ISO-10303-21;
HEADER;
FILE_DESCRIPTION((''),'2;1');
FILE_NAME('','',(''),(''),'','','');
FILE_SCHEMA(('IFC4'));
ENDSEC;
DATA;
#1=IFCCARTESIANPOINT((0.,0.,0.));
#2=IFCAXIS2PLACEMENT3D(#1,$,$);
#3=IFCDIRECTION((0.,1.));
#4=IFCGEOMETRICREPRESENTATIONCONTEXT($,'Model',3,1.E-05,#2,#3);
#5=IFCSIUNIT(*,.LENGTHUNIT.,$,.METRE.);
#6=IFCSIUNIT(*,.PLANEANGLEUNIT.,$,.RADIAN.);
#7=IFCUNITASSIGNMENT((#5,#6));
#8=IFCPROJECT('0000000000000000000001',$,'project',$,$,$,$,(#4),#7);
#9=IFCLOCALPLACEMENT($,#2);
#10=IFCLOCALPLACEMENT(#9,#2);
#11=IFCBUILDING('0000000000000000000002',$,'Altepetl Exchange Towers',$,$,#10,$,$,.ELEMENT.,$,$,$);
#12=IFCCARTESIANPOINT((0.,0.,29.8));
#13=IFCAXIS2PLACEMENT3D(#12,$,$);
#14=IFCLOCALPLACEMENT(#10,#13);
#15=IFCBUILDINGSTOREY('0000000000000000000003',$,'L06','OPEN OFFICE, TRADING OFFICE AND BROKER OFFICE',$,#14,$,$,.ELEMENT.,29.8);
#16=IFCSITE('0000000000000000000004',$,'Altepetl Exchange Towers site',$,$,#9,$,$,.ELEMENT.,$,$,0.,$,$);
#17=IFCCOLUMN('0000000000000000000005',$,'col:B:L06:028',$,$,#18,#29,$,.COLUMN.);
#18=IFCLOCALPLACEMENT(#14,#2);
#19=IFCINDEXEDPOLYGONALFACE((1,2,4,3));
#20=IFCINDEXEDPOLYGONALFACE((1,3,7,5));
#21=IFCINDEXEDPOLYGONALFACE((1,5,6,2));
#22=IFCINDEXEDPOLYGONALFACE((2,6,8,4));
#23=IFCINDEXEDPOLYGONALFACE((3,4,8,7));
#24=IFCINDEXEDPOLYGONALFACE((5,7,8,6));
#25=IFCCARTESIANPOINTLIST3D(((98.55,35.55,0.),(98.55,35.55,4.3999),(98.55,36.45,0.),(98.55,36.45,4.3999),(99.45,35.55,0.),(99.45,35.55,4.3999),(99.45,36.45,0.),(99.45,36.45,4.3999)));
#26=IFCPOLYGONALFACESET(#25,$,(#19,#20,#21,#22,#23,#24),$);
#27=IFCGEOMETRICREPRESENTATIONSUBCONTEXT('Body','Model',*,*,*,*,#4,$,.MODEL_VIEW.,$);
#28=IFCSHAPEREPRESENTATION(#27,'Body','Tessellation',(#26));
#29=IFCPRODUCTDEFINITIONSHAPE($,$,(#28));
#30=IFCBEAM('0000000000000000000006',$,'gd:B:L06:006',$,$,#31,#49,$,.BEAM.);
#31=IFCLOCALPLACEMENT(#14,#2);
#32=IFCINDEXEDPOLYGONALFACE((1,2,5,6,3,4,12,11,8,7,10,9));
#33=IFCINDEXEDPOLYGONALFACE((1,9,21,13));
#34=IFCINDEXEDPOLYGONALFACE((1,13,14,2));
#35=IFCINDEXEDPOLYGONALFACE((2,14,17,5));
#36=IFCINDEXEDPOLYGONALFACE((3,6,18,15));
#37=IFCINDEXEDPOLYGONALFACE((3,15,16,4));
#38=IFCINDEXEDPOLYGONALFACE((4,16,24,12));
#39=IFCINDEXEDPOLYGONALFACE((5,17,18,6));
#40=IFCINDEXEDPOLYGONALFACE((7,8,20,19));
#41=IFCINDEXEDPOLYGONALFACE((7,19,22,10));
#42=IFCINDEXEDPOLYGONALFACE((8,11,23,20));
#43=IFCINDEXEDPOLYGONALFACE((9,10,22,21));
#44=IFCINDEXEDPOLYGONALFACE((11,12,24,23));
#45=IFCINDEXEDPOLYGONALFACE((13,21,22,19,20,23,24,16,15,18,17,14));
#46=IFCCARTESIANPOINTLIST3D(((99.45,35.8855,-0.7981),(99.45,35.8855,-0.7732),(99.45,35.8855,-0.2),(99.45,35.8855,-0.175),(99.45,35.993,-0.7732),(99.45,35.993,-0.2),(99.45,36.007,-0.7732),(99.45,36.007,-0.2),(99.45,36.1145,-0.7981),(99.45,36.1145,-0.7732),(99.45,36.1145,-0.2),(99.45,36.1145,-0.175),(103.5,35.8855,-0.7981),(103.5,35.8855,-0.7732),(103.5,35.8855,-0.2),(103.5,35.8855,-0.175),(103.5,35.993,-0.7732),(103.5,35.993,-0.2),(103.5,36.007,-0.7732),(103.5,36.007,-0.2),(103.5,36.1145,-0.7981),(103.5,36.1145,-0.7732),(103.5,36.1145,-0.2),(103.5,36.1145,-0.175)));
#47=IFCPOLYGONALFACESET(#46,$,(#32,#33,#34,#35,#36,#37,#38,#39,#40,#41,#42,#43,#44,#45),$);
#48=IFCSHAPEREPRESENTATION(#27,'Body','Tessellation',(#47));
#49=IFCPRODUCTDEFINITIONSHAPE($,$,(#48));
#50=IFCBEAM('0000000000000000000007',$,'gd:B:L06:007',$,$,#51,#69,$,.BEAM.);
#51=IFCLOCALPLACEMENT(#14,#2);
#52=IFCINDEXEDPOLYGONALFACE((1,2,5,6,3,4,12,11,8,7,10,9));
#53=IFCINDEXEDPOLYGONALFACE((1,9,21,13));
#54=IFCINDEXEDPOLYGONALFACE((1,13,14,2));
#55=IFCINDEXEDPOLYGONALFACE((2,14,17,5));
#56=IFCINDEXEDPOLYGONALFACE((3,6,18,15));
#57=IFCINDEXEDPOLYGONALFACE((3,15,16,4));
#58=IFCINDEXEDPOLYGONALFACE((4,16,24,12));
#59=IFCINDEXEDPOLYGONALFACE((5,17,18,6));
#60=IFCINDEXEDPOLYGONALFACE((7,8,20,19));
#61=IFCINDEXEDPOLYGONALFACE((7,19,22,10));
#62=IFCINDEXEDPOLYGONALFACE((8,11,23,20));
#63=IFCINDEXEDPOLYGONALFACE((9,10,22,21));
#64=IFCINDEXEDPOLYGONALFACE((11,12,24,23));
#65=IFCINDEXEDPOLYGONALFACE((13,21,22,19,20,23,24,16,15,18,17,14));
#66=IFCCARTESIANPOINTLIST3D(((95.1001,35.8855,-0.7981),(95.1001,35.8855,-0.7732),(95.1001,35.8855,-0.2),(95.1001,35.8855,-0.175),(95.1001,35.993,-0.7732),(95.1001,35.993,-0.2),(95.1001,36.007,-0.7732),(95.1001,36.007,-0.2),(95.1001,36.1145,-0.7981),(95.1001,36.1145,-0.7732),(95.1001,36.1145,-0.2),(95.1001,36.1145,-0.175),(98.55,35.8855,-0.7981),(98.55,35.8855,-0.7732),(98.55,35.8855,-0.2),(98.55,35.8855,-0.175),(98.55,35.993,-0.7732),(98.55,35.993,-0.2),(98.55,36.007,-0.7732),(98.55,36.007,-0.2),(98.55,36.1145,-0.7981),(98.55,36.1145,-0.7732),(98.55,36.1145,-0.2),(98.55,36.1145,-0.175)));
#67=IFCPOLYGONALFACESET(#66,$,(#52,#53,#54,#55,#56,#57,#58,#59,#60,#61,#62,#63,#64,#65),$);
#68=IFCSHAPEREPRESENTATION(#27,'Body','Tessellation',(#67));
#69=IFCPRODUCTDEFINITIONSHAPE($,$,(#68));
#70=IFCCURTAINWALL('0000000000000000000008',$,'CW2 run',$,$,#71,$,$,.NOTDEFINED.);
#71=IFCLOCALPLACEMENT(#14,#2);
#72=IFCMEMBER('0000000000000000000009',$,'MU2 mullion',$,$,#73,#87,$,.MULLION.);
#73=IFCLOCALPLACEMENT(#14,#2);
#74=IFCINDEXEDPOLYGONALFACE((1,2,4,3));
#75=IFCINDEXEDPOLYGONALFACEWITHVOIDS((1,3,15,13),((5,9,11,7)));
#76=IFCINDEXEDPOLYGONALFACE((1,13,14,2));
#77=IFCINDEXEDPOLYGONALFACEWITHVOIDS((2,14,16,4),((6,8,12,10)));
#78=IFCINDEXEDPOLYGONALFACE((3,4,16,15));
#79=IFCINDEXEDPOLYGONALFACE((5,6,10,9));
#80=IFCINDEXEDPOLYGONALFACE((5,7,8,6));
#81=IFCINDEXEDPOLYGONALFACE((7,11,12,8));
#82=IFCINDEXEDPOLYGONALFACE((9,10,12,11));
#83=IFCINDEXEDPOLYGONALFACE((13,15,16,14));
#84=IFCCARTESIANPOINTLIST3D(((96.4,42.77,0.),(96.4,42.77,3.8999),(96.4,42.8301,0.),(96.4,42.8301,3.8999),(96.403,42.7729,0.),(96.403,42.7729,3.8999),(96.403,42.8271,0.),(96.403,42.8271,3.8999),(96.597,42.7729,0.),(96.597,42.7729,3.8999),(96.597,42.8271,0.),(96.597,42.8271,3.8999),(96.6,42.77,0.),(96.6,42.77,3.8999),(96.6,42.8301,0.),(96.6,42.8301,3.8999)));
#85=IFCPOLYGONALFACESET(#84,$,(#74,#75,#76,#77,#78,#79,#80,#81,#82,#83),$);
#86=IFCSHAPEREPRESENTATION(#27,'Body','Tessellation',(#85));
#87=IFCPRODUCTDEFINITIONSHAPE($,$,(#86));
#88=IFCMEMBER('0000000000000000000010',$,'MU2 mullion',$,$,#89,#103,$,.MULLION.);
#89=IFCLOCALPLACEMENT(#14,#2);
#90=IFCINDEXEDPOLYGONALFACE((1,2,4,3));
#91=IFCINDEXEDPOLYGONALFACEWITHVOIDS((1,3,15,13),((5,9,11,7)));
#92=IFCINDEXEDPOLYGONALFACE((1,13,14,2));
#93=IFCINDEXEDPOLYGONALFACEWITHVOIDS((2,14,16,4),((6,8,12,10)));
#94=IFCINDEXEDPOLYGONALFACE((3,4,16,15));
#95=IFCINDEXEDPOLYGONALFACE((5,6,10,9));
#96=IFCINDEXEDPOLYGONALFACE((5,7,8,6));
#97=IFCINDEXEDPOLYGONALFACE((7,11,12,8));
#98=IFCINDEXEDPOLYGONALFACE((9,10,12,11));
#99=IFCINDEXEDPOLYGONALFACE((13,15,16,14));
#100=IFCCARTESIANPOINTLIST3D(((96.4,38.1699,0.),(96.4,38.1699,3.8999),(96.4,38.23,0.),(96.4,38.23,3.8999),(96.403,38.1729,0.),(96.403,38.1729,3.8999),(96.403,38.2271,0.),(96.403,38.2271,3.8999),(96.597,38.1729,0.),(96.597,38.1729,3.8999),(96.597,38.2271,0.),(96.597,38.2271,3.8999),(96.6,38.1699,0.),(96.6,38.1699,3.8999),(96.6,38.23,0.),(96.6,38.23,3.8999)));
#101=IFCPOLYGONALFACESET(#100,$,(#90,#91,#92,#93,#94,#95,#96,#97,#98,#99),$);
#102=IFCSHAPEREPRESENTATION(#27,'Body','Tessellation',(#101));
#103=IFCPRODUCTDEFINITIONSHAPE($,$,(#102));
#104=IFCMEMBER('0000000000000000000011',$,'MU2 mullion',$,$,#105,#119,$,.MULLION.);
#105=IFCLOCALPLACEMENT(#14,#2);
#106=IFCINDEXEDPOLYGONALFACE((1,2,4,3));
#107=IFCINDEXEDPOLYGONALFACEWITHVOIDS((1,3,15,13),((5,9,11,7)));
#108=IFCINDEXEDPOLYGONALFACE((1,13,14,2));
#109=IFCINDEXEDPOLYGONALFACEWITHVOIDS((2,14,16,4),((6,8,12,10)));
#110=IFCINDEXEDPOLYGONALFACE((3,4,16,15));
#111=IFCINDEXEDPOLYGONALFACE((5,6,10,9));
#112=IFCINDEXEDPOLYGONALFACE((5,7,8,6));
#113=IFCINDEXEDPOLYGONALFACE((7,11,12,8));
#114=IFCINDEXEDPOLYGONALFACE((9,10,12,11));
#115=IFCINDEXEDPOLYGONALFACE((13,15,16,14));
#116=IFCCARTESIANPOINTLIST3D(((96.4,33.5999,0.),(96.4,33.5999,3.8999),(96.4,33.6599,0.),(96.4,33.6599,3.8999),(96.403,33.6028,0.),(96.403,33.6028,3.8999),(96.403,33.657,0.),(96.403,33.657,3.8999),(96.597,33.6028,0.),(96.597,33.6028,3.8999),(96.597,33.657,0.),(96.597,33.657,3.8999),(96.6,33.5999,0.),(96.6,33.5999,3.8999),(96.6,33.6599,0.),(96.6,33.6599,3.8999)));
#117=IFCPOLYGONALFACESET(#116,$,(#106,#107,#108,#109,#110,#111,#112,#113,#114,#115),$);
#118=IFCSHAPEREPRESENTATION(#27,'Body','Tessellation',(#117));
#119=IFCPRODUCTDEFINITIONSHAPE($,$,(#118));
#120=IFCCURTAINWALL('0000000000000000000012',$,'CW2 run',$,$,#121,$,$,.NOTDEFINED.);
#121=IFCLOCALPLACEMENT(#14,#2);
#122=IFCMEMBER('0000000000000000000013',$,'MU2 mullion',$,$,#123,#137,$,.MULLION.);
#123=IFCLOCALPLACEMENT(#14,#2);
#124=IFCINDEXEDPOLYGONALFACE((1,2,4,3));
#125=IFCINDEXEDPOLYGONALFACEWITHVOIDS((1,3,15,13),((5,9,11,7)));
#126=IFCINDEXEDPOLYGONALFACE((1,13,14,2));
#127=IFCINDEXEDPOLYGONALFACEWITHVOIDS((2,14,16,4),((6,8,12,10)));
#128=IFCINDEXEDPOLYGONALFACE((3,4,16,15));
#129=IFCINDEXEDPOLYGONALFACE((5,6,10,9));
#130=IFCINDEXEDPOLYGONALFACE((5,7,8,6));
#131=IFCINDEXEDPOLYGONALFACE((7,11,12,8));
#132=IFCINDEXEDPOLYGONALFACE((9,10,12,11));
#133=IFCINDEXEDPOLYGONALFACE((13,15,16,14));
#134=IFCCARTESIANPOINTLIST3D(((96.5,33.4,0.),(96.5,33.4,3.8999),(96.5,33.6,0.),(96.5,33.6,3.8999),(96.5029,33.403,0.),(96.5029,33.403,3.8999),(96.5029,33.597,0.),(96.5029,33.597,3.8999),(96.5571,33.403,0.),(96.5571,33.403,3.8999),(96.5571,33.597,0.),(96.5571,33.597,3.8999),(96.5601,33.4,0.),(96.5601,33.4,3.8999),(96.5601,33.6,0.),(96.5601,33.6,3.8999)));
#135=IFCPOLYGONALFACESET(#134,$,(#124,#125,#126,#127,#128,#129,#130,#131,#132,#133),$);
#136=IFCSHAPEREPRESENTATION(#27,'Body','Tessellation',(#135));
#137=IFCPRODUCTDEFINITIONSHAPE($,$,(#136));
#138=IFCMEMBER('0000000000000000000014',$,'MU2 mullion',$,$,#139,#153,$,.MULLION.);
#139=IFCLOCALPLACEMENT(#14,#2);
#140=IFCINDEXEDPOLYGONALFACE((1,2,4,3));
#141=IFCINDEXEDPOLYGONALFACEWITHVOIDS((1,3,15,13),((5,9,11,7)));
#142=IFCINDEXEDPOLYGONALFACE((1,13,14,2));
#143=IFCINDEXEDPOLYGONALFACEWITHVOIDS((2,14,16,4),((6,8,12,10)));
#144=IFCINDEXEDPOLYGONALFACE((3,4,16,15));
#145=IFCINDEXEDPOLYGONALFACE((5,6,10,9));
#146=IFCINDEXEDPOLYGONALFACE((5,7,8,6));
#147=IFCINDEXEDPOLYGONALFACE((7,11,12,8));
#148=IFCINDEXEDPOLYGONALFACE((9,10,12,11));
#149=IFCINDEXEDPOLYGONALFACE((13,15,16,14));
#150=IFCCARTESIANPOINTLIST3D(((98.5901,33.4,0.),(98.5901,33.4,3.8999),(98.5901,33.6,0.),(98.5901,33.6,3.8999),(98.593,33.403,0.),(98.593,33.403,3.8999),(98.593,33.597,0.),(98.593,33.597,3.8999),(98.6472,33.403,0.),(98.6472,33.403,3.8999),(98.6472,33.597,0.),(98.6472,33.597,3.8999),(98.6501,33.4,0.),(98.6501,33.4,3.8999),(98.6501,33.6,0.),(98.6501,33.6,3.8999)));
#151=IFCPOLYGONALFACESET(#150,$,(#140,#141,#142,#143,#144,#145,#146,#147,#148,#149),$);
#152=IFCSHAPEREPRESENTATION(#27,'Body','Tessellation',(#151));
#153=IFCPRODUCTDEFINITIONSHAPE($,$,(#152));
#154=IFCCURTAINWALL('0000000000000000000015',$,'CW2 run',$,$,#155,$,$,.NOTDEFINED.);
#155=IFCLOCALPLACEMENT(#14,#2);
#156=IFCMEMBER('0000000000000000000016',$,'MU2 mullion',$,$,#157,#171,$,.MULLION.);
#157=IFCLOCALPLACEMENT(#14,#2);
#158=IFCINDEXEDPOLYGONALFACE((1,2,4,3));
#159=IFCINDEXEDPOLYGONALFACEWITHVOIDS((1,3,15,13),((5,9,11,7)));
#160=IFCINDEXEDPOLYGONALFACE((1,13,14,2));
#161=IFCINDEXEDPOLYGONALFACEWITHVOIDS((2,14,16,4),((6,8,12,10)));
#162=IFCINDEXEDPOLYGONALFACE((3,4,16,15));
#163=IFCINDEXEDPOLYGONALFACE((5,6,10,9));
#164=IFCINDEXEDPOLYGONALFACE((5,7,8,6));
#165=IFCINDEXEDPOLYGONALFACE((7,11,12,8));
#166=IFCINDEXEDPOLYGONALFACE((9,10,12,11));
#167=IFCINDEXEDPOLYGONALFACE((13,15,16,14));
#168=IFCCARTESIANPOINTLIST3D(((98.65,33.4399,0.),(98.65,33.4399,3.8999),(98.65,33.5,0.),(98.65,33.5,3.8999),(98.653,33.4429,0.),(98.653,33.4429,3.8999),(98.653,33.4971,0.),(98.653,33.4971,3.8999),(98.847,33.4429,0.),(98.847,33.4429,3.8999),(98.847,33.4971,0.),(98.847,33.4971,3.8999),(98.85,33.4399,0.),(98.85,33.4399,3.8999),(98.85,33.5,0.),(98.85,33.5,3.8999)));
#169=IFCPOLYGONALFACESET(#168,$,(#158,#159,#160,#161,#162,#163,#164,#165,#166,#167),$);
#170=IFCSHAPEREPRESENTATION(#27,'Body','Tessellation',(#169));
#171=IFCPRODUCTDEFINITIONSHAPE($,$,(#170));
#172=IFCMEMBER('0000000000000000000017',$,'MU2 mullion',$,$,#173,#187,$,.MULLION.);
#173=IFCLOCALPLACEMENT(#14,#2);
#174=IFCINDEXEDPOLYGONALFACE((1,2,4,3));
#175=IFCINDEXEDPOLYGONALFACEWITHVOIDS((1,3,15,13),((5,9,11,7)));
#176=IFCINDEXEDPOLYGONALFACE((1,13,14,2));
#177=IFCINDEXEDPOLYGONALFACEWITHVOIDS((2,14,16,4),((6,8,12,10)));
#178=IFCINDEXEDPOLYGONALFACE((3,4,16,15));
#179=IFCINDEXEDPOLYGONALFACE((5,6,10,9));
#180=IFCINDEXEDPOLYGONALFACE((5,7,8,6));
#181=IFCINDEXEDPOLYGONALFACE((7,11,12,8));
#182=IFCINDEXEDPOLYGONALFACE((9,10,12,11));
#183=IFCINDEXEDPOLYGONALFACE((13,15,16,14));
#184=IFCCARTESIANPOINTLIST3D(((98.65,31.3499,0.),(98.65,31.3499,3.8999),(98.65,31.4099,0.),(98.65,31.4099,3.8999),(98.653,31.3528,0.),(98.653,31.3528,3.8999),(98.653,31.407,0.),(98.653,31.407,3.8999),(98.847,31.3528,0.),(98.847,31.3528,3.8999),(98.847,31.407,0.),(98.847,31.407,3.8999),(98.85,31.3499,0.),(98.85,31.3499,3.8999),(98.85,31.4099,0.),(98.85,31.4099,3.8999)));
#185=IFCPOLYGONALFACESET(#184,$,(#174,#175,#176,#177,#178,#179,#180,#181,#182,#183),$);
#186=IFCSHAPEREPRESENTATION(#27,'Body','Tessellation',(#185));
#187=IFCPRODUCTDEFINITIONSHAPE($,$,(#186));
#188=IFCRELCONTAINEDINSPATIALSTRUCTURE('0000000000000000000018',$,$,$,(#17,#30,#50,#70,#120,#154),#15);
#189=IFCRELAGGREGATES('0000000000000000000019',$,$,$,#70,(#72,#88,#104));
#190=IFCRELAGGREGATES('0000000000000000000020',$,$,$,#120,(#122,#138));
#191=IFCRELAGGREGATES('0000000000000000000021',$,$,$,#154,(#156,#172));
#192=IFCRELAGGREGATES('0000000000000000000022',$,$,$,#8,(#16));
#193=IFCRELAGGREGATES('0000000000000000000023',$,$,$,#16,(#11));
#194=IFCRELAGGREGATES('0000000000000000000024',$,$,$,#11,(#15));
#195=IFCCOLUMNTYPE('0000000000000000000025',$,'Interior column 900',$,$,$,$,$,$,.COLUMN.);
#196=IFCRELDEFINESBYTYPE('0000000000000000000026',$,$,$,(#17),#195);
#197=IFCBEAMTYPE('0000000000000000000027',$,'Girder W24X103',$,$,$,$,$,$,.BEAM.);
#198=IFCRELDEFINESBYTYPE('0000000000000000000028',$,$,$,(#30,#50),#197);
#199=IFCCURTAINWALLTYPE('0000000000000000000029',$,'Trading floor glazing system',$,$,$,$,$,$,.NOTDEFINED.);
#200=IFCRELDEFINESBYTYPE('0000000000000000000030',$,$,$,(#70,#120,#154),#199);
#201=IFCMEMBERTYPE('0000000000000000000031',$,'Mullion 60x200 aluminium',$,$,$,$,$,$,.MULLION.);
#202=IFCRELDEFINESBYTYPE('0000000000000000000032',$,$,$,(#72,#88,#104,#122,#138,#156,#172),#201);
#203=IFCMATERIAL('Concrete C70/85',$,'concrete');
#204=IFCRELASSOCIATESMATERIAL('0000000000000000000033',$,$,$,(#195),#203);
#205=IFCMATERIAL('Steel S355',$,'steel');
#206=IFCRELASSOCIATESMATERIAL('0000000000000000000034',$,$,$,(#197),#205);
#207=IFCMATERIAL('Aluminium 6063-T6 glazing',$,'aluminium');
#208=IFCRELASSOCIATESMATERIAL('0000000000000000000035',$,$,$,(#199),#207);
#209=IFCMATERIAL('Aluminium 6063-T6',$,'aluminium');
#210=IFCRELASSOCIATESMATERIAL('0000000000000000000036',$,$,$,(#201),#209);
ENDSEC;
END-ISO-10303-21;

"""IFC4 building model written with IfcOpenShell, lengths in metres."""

from ifc_helpers import new_model, si_unit, direction, frame, origin, origin_2d, place, context, subcontext, project, spatial, rectangle, hollow_rectangle, i_section, extrude, material, material_profile, profile_set, type_object, element, aggregate, save


model = new_model("IFC4")

# Units and contexts
model_context = context("Model", 3, precision=1e-05, world=origin(), true_north=direction((0.0, 1.0)))
body_context = subcontext(model_context, "Body", "Model", "MODEL_VIEW")
ifc_project = project(units=[si_unit("LENGTHUNIT", "METRE"), si_unit("PLANEANGLEUNIT", "RADIAN")], contexts=[model_context])

# Site, building, storey
site_placement = place(None, origin())
site = spatial("IfcSite", under=ifc_project, at=site_placement, Name="Altepetl Exchange Towers site", CompositionType="ELEMENT", RefElevation=0.0)
building_placement = place(site_placement, origin())
building = spatial("IfcBuilding", under=site, at=building_placement, Name="Altepetl Exchange Towers", CompositionType="ELEMENT")
storey_placement = place(building_placement, frame((0.0, 0.0, 29.8)))
storey = spatial("IfcBuildingStorey", under=building, at=storey_placement, Name="L06", Description="OPEN OFFICE, TRADING OFFICE AND BROKER OFFICE", CompositionType="ELEMENT", Elevation=29.8)

# Column
ifc_material_1 = material(Name="Concrete C70/85", Category="concrete")
ifc_material_profile_1 = material_profile(ifc_material_1, rectangle(XDim=0.8999, YDim=0.8999, at=origin_2d()), Name="900 x 900")
ifc_profile_set_1 = profile_set([ifc_material_profile_1], Name="Concrete C70/85")
column_type = type_object("IfcColumnType", Name="Interior column 900", PredefinedType="COLUMN", material=ifc_profile_set_1)
column_placement = place(storey_placement, frame((99.0, 36.0, 0.0)))
element("IfcColumn", 1, at=column_placement, inside=storey, type_object=column_type, Name="col:B:L06:028", PredefinedType="COLUMN", context=body_context, shape_type="SweptSolid", body=[
    extrude(rectangle(XDim=0.8999, YDim=0.8999, at=origin_2d()), origin(), (0.0, 0.0, 1.0), 4.3999),
])

# Beams
ifc_material_2 = material(Name="Steel S355", Category="steel")
ifc_material_profile_2 = material_profile(ifc_material_2, i_section(OverallWidth=0.229, OverallDepth=0.623, WebThickness=0.0139, FlangeThickness=0.0249, at=origin_2d()), Name="W24X103")
ifc_profile_set_2 = profile_set([ifc_material_profile_2], Name="Steel S355")
beam_type = type_object("IfcBeamType", Name="Girder W24X103", PredefinedType="BEAM", material=ifc_profile_set_2)
beam_1_placement = place(storey_placement, frame((103.5, 36.0, -0.4866), z_axis=(-1.0, 0.0, 0.0), x_axis=(0.0, -1.0, 0.0)))
element("IfcBeam", 2, at=beam_1_placement, inside=storey, type_object=beam_type, Name="gd:B:L06:006", PredefinedType="BEAM", context=body_context, shape_type="SweptSolid", body=[
    extrude(i_section(OverallWidth=0.229, OverallDepth=0.623, WebThickness=0.0139, FlangeThickness=0.0249, at=origin_2d()), origin(), (0.0, 0.0, 1.0), 4.05),
])
beam_2_placement = place(storey_placement, frame((98.55, 36.0, -0.4866), z_axis=(-1.0, 0.0, 0.0), x_axis=(0.0, -1.0, 0.0)))
element("IfcBeam", 3, at=beam_2_placement, inside=storey, type_object=beam_type, Name="gd:B:L06:007", PredefinedType="BEAM", context=body_context, shape_type="SweptSolid", body=[
    extrude(i_section(OverallWidth=0.229, OverallDepth=0.623, WebThickness=0.0139, FlangeThickness=0.0249, at=origin_2d()), origin(), (0.0, 0.0, 1.0), 3.45),
])

# Curtain walls, members
ifc_material_3 = material(Name="Aluminium 6063-T6 glazing", Category="aluminium")
curtain_wall_type = type_object("IfcCurtainWallType", Name="Trading floor glazing system", PredefinedType="NOTDEFINED", material=ifc_material_3)
curtain_wall_1_placement = place(storey_placement, origin())
curtain_wall_1 = element("IfcCurtainWall", 4, at=curtain_wall_1_placement, inside=storey, type_object=curtain_wall_type, Name="CW2 run", PredefinedType="NOTDEFINED")
ifc_material_4 = material(Name="Aluminium 6063-T6", Category="aluminium")
ifc_material_profile_3 = material_profile(ifc_material_4, hollow_rectangle(XDim=0.0601, YDim=0.2, WallThickness=0.0029, at=origin_2d()), Name="Mullion 60x200 aluminium")
ifc_profile_set_3 = profile_set([ifc_material_profile_3], Name="Aluminium 6063-T6")
member_type = type_object("IfcMemberType", Name="Mullion 60x200 aluminium", PredefinedType="MULLION", material=ifc_profile_set_3)
member_1_placement = place(storey_placement, frame((96.5, 42.8, 0.0), z_axis=(0.0, 0.0, 1.0), x_axis=(0.0, -1.0, 0.0)))
member_1 = element("IfcMember", 5, at=member_1_placement, type_object=member_type, Name="MU2 mullion", PredefinedType="MULLION", context=body_context, shape_type="SweptSolid", body=[
    extrude(hollow_rectangle(XDim=0.0601, YDim=0.2, WallThickness=0.0029, at=origin_2d()), origin(), (0.0, 0.0, 1.0), 3.8999),
])
member_2_placement = place(storey_placement, frame((96.5, 38.2, 0.0), z_axis=(0.0, 0.0, 1.0), x_axis=(0.0, -1.0, 0.0)))
member_2 = element("IfcMember", 6, at=member_2_placement, type_object=member_type, Name="MU2 mullion", PredefinedType="MULLION", context=body_context, shape_type="SweptSolid", body=[
    extrude(hollow_rectangle(XDim=0.0601, YDim=0.2, WallThickness=0.0029, at=origin_2d()), origin(), (0.0, 0.0, 1.0), 3.8999),
])
member_3_placement = place(storey_placement, frame((96.5, 33.6299, 0.0), z_axis=(0.0, 0.0, 1.0), x_axis=(0.0, -1.0, 0.0)))
member_3 = element("IfcMember", 7, at=member_3_placement, type_object=member_type, Name="MU2 mullion", PredefinedType="MULLION", context=body_context, shape_type="SweptSolid", body=[
    extrude(hollow_rectangle(XDim=0.0601, YDim=0.2, WallThickness=0.0029, at=origin_2d()), origin(), (0.0, 0.0, 1.0), 3.8999),
])
curtain_wall_2_placement = place(storey_placement, origin())
curtain_wall_2 = element("IfcCurtainWall", 8, at=curtain_wall_2_placement, inside=storey, type_object=curtain_wall_type, Name="CW2 run", PredefinedType="NOTDEFINED")
member_4_placement = place(storey_placement, frame((96.53, 33.5, 0.0)))
member_4 = element("IfcMember", 9, at=member_4_placement, type_object=member_type, Name="MU2 mullion", PredefinedType="MULLION", context=body_context, shape_type="SweptSolid", body=[
    extrude(hollow_rectangle(XDim=0.0601, YDim=0.2, WallThickness=0.0029, at=origin_2d()), origin(), (0.0, 0.0, 1.0), 3.8999),
])
member_5_placement = place(storey_placement, frame((98.6201, 33.5, 0.0)))
member_5 = element("IfcMember", 10, at=member_5_placement, type_object=member_type, Name="MU2 mullion", PredefinedType="MULLION", context=body_context, shape_type="SweptSolid", body=[
    extrude(hollow_rectangle(XDim=0.0601, YDim=0.2, WallThickness=0.0029, at=origin_2d()), origin(), (0.0, 0.0, 1.0), 3.8999),
])
curtain_wall_3_placement = place(storey_placement, origin())
curtain_wall_3 = element("IfcCurtainWall", 11, at=curtain_wall_3_placement, inside=storey, type_object=curtain_wall_type, Name="CW2 run", PredefinedType="NOTDEFINED")
member_6_placement = place(storey_placement, frame((98.75, 33.47, 0.0), z_axis=(0.0, 0.0, 1.0), x_axis=(0.0, -1.0, 0.0)))
member_6 = element("IfcMember", 12, at=member_6_placement, type_object=member_type, Name="MU2 mullion", PredefinedType="MULLION", context=body_context, shape_type="SweptSolid", body=[
    extrude(hollow_rectangle(XDim=0.0601, YDim=0.2, WallThickness=0.0029, at=origin_2d()), origin(), (0.0, 0.0, 1.0), 3.8999),
])
member_7_placement = place(storey_placement, frame((98.75, 31.3799, 0.0), z_axis=(0.0, 0.0, 1.0), x_axis=(0.0, -1.0, 0.0)))
member_7 = element("IfcMember", 13, at=member_7_placement, type_object=member_type, Name="MU2 mullion", PredefinedType="MULLION", context=body_context, shape_type="SweptSolid", body=[
    extrude(hollow_rectangle(XDim=0.0601, YDim=0.2, WallThickness=0.0029, at=origin_2d()), origin(), (0.0, 0.0, 1.0), 3.8999),
])

aggregate(curtain_wall_1, [member_1, member_2, member_3])
aggregate(curtain_wall_2, [member_4, member_5])
aggregate(curtain_wall_3, [member_6, member_7])

save(model, "model.ifc")
